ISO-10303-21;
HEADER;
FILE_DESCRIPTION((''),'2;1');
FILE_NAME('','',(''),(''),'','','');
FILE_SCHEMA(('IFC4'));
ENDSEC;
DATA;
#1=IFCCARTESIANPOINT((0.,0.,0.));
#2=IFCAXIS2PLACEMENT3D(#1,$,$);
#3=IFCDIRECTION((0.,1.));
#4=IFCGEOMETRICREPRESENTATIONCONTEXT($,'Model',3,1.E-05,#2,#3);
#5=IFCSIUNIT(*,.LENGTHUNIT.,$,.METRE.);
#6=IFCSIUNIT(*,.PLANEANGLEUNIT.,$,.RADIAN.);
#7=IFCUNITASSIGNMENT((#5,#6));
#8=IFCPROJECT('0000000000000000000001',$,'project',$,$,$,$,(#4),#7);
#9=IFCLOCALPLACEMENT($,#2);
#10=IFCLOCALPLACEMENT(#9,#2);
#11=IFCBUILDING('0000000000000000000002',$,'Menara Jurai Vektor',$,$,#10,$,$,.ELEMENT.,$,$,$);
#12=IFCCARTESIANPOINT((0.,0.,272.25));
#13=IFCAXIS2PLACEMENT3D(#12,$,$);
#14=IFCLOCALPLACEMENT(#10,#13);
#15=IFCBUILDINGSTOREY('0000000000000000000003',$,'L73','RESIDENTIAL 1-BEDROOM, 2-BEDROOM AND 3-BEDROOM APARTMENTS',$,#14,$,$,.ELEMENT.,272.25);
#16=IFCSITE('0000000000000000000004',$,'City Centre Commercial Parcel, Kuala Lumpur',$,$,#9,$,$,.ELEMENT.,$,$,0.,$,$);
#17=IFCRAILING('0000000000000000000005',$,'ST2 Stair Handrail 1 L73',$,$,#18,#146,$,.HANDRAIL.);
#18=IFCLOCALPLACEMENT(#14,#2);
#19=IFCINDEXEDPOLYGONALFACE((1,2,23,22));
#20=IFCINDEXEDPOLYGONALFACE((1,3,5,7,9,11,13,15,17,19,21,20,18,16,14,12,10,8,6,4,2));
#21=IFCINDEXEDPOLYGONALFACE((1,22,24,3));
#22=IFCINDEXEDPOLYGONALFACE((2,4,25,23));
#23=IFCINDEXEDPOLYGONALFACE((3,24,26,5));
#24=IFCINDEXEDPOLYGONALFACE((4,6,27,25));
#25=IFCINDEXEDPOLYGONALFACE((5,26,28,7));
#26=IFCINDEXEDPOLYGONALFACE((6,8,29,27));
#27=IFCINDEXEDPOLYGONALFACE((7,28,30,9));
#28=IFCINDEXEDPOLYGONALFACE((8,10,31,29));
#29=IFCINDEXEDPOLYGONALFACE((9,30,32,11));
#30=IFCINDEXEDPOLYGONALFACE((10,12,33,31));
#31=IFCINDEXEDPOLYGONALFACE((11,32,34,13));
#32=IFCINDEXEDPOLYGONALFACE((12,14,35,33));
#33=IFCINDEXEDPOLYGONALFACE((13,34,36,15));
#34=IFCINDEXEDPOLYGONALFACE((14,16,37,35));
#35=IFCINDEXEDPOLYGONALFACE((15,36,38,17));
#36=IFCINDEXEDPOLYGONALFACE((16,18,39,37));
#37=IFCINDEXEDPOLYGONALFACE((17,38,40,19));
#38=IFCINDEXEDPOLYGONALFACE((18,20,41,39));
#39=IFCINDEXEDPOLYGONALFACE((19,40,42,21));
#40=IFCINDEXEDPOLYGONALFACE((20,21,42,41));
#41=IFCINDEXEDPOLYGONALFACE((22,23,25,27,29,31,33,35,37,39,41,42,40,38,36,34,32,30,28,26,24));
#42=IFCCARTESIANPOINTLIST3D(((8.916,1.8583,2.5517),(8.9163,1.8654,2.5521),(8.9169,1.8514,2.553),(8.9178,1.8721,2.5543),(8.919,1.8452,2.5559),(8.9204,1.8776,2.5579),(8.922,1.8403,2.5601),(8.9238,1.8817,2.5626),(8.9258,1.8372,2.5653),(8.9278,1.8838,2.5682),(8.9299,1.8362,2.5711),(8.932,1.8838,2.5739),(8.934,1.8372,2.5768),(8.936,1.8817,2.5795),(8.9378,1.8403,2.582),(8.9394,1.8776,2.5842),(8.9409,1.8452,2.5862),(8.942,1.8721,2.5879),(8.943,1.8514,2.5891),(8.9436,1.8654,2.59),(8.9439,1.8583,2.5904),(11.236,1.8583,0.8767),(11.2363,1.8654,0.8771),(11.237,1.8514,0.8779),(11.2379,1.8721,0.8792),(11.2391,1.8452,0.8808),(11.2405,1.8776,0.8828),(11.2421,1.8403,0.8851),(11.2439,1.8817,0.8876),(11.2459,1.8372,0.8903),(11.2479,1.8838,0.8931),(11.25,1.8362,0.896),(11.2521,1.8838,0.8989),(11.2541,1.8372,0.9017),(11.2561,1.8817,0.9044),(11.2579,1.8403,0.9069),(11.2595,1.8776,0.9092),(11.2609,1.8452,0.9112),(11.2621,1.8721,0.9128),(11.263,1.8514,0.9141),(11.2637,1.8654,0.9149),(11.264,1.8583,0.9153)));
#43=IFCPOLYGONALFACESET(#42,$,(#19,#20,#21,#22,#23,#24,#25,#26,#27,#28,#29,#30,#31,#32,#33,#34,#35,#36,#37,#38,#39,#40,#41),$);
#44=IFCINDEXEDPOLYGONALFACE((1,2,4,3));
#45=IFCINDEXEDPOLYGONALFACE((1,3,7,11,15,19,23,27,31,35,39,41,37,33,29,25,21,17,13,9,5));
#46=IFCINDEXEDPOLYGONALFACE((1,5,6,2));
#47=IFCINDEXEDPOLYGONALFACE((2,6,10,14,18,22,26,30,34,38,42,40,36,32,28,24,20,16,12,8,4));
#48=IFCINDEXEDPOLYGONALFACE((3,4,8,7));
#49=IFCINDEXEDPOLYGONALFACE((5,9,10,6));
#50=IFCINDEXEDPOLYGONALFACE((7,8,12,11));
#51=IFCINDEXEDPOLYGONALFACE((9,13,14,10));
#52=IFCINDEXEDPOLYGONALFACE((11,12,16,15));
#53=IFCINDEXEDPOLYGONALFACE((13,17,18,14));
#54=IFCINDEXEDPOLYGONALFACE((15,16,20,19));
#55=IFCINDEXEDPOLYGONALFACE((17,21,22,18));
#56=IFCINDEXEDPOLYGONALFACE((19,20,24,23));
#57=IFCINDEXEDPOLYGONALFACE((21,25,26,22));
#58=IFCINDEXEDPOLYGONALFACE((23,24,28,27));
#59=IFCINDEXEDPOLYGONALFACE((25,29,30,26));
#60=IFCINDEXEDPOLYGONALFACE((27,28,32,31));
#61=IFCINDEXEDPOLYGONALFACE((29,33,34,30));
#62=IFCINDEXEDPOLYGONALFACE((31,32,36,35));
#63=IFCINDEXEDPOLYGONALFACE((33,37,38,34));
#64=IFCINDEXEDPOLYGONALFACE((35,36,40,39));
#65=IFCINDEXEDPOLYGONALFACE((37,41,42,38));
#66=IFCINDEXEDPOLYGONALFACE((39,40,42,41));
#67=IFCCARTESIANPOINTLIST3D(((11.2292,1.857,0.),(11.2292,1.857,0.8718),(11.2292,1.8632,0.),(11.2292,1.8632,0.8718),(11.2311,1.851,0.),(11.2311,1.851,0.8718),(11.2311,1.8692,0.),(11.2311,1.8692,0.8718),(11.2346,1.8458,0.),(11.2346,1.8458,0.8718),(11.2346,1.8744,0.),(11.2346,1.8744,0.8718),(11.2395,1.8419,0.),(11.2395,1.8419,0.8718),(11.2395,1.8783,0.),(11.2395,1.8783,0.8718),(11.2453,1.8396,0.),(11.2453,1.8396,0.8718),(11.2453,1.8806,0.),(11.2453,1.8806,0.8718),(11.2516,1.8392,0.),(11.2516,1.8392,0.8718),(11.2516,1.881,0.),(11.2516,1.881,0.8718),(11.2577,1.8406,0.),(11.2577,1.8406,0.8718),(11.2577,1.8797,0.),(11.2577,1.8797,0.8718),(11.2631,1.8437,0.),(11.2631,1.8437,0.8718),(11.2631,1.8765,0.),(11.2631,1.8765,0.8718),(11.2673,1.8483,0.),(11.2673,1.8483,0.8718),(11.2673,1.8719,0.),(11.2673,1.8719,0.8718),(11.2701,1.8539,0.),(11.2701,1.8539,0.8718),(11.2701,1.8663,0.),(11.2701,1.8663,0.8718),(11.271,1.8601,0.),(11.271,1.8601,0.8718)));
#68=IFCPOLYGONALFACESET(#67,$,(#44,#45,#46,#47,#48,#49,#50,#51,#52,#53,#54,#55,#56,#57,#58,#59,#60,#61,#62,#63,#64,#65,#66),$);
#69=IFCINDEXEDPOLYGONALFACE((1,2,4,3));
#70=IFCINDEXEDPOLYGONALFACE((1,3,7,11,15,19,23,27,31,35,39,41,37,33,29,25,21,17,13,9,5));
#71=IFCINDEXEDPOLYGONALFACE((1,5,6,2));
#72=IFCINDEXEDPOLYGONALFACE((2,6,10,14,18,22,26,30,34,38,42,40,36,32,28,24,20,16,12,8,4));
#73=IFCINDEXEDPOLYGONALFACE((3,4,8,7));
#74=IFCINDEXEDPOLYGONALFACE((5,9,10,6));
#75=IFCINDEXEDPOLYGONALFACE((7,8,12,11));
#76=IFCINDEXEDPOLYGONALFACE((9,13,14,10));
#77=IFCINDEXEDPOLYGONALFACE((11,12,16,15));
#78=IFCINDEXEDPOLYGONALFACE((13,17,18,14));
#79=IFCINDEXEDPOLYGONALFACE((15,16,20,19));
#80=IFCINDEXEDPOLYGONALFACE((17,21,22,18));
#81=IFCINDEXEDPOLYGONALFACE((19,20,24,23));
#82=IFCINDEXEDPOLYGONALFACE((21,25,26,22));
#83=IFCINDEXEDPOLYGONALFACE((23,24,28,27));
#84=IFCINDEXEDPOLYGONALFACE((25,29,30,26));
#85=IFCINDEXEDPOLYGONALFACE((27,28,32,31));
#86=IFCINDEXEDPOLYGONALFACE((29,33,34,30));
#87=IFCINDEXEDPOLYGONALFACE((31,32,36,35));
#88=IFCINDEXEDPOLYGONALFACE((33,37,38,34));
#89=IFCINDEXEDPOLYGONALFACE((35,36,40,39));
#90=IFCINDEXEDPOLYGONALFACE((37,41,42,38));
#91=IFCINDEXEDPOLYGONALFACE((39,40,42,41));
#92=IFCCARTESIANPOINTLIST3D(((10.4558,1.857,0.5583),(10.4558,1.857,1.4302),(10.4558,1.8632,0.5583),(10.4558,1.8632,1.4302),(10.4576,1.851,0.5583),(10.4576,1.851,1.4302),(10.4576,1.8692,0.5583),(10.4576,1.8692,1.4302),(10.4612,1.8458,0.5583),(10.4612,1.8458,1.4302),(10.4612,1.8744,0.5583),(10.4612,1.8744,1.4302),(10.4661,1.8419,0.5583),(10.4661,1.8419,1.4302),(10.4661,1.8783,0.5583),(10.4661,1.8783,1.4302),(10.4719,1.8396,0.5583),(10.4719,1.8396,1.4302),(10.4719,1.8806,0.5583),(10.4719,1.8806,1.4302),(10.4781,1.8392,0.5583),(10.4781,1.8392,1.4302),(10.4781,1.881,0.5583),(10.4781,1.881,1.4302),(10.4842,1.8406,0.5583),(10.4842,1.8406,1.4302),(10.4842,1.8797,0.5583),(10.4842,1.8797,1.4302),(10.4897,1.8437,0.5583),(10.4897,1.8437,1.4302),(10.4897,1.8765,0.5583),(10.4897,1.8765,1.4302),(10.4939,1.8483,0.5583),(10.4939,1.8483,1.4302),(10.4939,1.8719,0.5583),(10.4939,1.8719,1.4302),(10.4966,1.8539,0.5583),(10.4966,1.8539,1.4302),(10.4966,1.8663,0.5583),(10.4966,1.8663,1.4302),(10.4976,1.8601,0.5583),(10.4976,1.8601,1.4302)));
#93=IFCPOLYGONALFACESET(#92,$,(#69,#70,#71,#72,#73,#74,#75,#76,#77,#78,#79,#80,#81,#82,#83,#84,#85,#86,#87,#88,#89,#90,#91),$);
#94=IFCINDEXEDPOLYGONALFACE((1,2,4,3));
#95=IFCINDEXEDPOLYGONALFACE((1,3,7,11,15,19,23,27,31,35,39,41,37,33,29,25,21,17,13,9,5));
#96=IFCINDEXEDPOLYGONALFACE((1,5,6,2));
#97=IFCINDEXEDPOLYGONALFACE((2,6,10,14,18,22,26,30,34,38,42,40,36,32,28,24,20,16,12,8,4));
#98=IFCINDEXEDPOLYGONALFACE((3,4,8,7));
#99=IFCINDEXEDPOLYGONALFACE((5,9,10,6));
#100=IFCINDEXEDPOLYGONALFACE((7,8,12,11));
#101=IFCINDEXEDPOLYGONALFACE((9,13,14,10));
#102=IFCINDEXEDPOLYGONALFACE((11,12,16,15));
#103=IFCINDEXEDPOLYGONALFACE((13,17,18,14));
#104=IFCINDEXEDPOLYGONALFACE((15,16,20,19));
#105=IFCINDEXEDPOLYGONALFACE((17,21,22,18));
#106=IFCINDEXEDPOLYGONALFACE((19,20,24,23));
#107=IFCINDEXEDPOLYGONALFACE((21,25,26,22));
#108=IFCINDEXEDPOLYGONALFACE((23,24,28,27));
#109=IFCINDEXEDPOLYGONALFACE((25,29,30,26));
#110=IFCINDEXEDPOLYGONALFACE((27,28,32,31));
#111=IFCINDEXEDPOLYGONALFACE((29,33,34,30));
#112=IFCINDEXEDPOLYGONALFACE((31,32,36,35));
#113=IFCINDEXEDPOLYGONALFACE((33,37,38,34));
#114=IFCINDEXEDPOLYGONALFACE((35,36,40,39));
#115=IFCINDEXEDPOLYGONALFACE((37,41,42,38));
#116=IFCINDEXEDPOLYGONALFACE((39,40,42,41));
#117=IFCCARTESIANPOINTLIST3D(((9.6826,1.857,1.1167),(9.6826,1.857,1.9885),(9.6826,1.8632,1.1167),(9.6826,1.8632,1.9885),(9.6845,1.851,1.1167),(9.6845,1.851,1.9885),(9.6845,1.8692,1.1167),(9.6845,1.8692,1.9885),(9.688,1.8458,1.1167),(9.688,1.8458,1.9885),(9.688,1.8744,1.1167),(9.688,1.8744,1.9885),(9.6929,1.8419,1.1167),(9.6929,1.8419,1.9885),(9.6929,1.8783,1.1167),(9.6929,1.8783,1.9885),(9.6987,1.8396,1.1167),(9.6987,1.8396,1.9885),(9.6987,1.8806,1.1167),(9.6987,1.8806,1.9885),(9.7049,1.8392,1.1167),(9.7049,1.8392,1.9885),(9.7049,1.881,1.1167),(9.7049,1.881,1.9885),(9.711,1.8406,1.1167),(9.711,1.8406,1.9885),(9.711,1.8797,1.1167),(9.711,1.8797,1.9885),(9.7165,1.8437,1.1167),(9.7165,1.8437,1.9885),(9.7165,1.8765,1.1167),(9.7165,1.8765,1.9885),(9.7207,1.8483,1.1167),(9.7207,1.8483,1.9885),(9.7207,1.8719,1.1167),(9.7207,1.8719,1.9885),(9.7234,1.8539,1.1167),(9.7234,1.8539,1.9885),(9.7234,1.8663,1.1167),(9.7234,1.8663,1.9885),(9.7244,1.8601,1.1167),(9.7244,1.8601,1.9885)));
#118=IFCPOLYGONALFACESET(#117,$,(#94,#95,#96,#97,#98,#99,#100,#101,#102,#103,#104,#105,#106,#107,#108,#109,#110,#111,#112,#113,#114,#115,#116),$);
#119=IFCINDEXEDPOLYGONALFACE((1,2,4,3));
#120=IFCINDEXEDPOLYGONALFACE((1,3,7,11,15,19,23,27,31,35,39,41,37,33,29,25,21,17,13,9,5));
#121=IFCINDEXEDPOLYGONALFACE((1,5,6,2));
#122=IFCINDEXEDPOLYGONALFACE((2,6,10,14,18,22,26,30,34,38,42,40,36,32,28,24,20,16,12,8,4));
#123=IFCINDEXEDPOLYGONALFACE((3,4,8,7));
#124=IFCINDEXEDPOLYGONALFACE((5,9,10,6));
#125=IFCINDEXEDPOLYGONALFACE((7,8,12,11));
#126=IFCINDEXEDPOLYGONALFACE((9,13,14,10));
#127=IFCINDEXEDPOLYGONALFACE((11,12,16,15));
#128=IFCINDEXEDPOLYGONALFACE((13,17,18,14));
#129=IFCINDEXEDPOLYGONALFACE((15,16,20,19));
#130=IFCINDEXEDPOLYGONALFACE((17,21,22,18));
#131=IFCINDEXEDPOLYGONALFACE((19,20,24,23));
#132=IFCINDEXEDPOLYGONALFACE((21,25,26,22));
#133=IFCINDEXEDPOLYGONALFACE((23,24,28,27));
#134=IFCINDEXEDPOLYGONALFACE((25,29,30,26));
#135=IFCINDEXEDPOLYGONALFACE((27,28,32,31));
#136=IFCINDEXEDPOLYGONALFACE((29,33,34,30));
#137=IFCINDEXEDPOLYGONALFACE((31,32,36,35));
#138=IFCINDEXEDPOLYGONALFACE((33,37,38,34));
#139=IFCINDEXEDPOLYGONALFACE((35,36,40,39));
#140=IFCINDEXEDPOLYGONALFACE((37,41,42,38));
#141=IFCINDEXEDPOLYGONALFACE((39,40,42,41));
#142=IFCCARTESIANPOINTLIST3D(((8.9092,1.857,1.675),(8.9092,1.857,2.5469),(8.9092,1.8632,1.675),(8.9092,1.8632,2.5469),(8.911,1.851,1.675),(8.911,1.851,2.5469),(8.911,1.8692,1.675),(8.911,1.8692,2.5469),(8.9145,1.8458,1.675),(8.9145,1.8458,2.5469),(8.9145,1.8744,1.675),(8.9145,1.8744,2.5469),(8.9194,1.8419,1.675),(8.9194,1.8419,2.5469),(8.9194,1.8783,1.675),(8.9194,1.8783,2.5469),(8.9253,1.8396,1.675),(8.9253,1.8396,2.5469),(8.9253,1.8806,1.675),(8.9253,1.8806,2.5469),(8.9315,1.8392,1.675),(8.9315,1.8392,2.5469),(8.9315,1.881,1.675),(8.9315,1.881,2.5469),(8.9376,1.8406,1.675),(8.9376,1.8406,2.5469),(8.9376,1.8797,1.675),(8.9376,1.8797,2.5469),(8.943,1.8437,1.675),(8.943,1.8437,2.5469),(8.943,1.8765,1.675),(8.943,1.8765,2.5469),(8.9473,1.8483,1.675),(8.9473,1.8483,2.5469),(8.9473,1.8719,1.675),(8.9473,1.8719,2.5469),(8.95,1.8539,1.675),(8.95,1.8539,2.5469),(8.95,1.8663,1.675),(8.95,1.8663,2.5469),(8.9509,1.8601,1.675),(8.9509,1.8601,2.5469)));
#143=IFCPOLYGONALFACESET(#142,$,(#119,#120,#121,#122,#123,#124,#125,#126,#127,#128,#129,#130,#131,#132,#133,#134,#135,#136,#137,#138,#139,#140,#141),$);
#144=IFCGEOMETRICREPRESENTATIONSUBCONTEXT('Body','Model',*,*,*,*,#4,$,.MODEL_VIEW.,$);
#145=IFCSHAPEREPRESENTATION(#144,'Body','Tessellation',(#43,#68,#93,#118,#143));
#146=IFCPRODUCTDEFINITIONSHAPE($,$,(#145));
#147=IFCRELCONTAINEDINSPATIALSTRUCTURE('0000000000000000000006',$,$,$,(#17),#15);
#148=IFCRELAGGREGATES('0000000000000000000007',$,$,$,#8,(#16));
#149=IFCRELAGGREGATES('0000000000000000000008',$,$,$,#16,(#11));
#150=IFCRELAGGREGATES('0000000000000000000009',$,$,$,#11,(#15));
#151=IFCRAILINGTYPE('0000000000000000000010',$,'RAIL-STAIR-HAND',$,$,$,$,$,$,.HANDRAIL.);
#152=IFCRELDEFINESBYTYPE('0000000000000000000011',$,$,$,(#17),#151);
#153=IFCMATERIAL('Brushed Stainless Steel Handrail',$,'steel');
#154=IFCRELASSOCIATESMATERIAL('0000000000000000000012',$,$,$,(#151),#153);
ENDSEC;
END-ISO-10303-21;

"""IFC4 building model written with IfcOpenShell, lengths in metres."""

from ifc_helpers import new_model, si_unit, direction, frame, origin, origin_2d, place, context, subcontext, project, spatial, circle, extrude, material, type_object, element, save


model = new_model("IFC4")

# Units and contexts
model_context = context("Model", 3, precision=1e-05, world=origin(), true_north=direction((0.0, 1.0)))
body_context = subcontext(model_context, "Body", "Model", "MODEL_VIEW")
ifc_project = project(units=[si_unit("LENGTHUNIT", "METRE"), si_unit("PLANEANGLEUNIT", "RADIAN")], contexts=[model_context])

# Site, building, storey
site_placement = place(None, origin())
site = spatial("IfcSite", under=ifc_project, at=site_placement, Name="City Centre Commercial Parcel, Kuala Lumpur", CompositionType="ELEMENT", RefElevation=0.0)
building_placement = place(site_placement, origin())
building = spatial("IfcBuilding", under=site, at=building_placement, Name="Menara Jurai Vektor", CompositionType="ELEMENT")
storey_placement = place(building_placement, frame((0.0, 0.0, 272.25)))
storey = spatial("IfcBuildingStorey", under=building, at=storey_placement, Name="L73", Description="RESIDENTIAL 1-BEDROOM, 2-BEDROOM AND 3-BEDROOM APARTMENTS", CompositionType="ELEMENT", Elevation=272.25)

# Railing
ifc_material_1 = material(Name="Brushed Stainless Steel Handrail", Category="steel")
railing_type_1 = type_object("IfcRailingType", Name="RAIL-STAIR-HAND", PredefinedType="HANDRAIL", material=ifc_material_1)
railing_1_placement = place(storey_placement, frame((11.25, 1.8601, 0.0)))
element("IfcRailing", 1, at=railing_1_placement, inside=storey, type_object=railing_type_1, Name="ST2 Stair Handrail 1 L73", PredefinedType="HANDRAIL", context=body_context, shape_type="SweptSolid", body=[
    extrude(circle(Radius=0.0239, at=origin_2d()), frame((0.0, 0.0, 0.896), z_axis=(-0.810771, 0.0, 0.585363), x_axis=(0.0, -1.0, 0.0)), (0.0, 0.0, 1.0), 2.8616),
    extrude(circle(Radius=0.021, at=origin_2d()), origin(), (0.0, 0.0, 1.0), 0.8718),
    extrude(circle(Radius=0.021, at=origin_2d()), frame((-0.7734, 0.0, 0.5583)), (0.0, 0.0, 1.0), 0.8718),
    extrude(circle(Radius=0.021, at=origin_2d()), frame((-1.5466, 0.0, 1.1167)), (0.0, 0.0, 1.0), 0.8718),
    extrude(circle(Radius=0.021, at=origin_2d()), frame((-2.3201, 0.0, 1.675)), (0.0, 0.0, 1.0), 0.8718),
])

save(model, "model.ifc")
